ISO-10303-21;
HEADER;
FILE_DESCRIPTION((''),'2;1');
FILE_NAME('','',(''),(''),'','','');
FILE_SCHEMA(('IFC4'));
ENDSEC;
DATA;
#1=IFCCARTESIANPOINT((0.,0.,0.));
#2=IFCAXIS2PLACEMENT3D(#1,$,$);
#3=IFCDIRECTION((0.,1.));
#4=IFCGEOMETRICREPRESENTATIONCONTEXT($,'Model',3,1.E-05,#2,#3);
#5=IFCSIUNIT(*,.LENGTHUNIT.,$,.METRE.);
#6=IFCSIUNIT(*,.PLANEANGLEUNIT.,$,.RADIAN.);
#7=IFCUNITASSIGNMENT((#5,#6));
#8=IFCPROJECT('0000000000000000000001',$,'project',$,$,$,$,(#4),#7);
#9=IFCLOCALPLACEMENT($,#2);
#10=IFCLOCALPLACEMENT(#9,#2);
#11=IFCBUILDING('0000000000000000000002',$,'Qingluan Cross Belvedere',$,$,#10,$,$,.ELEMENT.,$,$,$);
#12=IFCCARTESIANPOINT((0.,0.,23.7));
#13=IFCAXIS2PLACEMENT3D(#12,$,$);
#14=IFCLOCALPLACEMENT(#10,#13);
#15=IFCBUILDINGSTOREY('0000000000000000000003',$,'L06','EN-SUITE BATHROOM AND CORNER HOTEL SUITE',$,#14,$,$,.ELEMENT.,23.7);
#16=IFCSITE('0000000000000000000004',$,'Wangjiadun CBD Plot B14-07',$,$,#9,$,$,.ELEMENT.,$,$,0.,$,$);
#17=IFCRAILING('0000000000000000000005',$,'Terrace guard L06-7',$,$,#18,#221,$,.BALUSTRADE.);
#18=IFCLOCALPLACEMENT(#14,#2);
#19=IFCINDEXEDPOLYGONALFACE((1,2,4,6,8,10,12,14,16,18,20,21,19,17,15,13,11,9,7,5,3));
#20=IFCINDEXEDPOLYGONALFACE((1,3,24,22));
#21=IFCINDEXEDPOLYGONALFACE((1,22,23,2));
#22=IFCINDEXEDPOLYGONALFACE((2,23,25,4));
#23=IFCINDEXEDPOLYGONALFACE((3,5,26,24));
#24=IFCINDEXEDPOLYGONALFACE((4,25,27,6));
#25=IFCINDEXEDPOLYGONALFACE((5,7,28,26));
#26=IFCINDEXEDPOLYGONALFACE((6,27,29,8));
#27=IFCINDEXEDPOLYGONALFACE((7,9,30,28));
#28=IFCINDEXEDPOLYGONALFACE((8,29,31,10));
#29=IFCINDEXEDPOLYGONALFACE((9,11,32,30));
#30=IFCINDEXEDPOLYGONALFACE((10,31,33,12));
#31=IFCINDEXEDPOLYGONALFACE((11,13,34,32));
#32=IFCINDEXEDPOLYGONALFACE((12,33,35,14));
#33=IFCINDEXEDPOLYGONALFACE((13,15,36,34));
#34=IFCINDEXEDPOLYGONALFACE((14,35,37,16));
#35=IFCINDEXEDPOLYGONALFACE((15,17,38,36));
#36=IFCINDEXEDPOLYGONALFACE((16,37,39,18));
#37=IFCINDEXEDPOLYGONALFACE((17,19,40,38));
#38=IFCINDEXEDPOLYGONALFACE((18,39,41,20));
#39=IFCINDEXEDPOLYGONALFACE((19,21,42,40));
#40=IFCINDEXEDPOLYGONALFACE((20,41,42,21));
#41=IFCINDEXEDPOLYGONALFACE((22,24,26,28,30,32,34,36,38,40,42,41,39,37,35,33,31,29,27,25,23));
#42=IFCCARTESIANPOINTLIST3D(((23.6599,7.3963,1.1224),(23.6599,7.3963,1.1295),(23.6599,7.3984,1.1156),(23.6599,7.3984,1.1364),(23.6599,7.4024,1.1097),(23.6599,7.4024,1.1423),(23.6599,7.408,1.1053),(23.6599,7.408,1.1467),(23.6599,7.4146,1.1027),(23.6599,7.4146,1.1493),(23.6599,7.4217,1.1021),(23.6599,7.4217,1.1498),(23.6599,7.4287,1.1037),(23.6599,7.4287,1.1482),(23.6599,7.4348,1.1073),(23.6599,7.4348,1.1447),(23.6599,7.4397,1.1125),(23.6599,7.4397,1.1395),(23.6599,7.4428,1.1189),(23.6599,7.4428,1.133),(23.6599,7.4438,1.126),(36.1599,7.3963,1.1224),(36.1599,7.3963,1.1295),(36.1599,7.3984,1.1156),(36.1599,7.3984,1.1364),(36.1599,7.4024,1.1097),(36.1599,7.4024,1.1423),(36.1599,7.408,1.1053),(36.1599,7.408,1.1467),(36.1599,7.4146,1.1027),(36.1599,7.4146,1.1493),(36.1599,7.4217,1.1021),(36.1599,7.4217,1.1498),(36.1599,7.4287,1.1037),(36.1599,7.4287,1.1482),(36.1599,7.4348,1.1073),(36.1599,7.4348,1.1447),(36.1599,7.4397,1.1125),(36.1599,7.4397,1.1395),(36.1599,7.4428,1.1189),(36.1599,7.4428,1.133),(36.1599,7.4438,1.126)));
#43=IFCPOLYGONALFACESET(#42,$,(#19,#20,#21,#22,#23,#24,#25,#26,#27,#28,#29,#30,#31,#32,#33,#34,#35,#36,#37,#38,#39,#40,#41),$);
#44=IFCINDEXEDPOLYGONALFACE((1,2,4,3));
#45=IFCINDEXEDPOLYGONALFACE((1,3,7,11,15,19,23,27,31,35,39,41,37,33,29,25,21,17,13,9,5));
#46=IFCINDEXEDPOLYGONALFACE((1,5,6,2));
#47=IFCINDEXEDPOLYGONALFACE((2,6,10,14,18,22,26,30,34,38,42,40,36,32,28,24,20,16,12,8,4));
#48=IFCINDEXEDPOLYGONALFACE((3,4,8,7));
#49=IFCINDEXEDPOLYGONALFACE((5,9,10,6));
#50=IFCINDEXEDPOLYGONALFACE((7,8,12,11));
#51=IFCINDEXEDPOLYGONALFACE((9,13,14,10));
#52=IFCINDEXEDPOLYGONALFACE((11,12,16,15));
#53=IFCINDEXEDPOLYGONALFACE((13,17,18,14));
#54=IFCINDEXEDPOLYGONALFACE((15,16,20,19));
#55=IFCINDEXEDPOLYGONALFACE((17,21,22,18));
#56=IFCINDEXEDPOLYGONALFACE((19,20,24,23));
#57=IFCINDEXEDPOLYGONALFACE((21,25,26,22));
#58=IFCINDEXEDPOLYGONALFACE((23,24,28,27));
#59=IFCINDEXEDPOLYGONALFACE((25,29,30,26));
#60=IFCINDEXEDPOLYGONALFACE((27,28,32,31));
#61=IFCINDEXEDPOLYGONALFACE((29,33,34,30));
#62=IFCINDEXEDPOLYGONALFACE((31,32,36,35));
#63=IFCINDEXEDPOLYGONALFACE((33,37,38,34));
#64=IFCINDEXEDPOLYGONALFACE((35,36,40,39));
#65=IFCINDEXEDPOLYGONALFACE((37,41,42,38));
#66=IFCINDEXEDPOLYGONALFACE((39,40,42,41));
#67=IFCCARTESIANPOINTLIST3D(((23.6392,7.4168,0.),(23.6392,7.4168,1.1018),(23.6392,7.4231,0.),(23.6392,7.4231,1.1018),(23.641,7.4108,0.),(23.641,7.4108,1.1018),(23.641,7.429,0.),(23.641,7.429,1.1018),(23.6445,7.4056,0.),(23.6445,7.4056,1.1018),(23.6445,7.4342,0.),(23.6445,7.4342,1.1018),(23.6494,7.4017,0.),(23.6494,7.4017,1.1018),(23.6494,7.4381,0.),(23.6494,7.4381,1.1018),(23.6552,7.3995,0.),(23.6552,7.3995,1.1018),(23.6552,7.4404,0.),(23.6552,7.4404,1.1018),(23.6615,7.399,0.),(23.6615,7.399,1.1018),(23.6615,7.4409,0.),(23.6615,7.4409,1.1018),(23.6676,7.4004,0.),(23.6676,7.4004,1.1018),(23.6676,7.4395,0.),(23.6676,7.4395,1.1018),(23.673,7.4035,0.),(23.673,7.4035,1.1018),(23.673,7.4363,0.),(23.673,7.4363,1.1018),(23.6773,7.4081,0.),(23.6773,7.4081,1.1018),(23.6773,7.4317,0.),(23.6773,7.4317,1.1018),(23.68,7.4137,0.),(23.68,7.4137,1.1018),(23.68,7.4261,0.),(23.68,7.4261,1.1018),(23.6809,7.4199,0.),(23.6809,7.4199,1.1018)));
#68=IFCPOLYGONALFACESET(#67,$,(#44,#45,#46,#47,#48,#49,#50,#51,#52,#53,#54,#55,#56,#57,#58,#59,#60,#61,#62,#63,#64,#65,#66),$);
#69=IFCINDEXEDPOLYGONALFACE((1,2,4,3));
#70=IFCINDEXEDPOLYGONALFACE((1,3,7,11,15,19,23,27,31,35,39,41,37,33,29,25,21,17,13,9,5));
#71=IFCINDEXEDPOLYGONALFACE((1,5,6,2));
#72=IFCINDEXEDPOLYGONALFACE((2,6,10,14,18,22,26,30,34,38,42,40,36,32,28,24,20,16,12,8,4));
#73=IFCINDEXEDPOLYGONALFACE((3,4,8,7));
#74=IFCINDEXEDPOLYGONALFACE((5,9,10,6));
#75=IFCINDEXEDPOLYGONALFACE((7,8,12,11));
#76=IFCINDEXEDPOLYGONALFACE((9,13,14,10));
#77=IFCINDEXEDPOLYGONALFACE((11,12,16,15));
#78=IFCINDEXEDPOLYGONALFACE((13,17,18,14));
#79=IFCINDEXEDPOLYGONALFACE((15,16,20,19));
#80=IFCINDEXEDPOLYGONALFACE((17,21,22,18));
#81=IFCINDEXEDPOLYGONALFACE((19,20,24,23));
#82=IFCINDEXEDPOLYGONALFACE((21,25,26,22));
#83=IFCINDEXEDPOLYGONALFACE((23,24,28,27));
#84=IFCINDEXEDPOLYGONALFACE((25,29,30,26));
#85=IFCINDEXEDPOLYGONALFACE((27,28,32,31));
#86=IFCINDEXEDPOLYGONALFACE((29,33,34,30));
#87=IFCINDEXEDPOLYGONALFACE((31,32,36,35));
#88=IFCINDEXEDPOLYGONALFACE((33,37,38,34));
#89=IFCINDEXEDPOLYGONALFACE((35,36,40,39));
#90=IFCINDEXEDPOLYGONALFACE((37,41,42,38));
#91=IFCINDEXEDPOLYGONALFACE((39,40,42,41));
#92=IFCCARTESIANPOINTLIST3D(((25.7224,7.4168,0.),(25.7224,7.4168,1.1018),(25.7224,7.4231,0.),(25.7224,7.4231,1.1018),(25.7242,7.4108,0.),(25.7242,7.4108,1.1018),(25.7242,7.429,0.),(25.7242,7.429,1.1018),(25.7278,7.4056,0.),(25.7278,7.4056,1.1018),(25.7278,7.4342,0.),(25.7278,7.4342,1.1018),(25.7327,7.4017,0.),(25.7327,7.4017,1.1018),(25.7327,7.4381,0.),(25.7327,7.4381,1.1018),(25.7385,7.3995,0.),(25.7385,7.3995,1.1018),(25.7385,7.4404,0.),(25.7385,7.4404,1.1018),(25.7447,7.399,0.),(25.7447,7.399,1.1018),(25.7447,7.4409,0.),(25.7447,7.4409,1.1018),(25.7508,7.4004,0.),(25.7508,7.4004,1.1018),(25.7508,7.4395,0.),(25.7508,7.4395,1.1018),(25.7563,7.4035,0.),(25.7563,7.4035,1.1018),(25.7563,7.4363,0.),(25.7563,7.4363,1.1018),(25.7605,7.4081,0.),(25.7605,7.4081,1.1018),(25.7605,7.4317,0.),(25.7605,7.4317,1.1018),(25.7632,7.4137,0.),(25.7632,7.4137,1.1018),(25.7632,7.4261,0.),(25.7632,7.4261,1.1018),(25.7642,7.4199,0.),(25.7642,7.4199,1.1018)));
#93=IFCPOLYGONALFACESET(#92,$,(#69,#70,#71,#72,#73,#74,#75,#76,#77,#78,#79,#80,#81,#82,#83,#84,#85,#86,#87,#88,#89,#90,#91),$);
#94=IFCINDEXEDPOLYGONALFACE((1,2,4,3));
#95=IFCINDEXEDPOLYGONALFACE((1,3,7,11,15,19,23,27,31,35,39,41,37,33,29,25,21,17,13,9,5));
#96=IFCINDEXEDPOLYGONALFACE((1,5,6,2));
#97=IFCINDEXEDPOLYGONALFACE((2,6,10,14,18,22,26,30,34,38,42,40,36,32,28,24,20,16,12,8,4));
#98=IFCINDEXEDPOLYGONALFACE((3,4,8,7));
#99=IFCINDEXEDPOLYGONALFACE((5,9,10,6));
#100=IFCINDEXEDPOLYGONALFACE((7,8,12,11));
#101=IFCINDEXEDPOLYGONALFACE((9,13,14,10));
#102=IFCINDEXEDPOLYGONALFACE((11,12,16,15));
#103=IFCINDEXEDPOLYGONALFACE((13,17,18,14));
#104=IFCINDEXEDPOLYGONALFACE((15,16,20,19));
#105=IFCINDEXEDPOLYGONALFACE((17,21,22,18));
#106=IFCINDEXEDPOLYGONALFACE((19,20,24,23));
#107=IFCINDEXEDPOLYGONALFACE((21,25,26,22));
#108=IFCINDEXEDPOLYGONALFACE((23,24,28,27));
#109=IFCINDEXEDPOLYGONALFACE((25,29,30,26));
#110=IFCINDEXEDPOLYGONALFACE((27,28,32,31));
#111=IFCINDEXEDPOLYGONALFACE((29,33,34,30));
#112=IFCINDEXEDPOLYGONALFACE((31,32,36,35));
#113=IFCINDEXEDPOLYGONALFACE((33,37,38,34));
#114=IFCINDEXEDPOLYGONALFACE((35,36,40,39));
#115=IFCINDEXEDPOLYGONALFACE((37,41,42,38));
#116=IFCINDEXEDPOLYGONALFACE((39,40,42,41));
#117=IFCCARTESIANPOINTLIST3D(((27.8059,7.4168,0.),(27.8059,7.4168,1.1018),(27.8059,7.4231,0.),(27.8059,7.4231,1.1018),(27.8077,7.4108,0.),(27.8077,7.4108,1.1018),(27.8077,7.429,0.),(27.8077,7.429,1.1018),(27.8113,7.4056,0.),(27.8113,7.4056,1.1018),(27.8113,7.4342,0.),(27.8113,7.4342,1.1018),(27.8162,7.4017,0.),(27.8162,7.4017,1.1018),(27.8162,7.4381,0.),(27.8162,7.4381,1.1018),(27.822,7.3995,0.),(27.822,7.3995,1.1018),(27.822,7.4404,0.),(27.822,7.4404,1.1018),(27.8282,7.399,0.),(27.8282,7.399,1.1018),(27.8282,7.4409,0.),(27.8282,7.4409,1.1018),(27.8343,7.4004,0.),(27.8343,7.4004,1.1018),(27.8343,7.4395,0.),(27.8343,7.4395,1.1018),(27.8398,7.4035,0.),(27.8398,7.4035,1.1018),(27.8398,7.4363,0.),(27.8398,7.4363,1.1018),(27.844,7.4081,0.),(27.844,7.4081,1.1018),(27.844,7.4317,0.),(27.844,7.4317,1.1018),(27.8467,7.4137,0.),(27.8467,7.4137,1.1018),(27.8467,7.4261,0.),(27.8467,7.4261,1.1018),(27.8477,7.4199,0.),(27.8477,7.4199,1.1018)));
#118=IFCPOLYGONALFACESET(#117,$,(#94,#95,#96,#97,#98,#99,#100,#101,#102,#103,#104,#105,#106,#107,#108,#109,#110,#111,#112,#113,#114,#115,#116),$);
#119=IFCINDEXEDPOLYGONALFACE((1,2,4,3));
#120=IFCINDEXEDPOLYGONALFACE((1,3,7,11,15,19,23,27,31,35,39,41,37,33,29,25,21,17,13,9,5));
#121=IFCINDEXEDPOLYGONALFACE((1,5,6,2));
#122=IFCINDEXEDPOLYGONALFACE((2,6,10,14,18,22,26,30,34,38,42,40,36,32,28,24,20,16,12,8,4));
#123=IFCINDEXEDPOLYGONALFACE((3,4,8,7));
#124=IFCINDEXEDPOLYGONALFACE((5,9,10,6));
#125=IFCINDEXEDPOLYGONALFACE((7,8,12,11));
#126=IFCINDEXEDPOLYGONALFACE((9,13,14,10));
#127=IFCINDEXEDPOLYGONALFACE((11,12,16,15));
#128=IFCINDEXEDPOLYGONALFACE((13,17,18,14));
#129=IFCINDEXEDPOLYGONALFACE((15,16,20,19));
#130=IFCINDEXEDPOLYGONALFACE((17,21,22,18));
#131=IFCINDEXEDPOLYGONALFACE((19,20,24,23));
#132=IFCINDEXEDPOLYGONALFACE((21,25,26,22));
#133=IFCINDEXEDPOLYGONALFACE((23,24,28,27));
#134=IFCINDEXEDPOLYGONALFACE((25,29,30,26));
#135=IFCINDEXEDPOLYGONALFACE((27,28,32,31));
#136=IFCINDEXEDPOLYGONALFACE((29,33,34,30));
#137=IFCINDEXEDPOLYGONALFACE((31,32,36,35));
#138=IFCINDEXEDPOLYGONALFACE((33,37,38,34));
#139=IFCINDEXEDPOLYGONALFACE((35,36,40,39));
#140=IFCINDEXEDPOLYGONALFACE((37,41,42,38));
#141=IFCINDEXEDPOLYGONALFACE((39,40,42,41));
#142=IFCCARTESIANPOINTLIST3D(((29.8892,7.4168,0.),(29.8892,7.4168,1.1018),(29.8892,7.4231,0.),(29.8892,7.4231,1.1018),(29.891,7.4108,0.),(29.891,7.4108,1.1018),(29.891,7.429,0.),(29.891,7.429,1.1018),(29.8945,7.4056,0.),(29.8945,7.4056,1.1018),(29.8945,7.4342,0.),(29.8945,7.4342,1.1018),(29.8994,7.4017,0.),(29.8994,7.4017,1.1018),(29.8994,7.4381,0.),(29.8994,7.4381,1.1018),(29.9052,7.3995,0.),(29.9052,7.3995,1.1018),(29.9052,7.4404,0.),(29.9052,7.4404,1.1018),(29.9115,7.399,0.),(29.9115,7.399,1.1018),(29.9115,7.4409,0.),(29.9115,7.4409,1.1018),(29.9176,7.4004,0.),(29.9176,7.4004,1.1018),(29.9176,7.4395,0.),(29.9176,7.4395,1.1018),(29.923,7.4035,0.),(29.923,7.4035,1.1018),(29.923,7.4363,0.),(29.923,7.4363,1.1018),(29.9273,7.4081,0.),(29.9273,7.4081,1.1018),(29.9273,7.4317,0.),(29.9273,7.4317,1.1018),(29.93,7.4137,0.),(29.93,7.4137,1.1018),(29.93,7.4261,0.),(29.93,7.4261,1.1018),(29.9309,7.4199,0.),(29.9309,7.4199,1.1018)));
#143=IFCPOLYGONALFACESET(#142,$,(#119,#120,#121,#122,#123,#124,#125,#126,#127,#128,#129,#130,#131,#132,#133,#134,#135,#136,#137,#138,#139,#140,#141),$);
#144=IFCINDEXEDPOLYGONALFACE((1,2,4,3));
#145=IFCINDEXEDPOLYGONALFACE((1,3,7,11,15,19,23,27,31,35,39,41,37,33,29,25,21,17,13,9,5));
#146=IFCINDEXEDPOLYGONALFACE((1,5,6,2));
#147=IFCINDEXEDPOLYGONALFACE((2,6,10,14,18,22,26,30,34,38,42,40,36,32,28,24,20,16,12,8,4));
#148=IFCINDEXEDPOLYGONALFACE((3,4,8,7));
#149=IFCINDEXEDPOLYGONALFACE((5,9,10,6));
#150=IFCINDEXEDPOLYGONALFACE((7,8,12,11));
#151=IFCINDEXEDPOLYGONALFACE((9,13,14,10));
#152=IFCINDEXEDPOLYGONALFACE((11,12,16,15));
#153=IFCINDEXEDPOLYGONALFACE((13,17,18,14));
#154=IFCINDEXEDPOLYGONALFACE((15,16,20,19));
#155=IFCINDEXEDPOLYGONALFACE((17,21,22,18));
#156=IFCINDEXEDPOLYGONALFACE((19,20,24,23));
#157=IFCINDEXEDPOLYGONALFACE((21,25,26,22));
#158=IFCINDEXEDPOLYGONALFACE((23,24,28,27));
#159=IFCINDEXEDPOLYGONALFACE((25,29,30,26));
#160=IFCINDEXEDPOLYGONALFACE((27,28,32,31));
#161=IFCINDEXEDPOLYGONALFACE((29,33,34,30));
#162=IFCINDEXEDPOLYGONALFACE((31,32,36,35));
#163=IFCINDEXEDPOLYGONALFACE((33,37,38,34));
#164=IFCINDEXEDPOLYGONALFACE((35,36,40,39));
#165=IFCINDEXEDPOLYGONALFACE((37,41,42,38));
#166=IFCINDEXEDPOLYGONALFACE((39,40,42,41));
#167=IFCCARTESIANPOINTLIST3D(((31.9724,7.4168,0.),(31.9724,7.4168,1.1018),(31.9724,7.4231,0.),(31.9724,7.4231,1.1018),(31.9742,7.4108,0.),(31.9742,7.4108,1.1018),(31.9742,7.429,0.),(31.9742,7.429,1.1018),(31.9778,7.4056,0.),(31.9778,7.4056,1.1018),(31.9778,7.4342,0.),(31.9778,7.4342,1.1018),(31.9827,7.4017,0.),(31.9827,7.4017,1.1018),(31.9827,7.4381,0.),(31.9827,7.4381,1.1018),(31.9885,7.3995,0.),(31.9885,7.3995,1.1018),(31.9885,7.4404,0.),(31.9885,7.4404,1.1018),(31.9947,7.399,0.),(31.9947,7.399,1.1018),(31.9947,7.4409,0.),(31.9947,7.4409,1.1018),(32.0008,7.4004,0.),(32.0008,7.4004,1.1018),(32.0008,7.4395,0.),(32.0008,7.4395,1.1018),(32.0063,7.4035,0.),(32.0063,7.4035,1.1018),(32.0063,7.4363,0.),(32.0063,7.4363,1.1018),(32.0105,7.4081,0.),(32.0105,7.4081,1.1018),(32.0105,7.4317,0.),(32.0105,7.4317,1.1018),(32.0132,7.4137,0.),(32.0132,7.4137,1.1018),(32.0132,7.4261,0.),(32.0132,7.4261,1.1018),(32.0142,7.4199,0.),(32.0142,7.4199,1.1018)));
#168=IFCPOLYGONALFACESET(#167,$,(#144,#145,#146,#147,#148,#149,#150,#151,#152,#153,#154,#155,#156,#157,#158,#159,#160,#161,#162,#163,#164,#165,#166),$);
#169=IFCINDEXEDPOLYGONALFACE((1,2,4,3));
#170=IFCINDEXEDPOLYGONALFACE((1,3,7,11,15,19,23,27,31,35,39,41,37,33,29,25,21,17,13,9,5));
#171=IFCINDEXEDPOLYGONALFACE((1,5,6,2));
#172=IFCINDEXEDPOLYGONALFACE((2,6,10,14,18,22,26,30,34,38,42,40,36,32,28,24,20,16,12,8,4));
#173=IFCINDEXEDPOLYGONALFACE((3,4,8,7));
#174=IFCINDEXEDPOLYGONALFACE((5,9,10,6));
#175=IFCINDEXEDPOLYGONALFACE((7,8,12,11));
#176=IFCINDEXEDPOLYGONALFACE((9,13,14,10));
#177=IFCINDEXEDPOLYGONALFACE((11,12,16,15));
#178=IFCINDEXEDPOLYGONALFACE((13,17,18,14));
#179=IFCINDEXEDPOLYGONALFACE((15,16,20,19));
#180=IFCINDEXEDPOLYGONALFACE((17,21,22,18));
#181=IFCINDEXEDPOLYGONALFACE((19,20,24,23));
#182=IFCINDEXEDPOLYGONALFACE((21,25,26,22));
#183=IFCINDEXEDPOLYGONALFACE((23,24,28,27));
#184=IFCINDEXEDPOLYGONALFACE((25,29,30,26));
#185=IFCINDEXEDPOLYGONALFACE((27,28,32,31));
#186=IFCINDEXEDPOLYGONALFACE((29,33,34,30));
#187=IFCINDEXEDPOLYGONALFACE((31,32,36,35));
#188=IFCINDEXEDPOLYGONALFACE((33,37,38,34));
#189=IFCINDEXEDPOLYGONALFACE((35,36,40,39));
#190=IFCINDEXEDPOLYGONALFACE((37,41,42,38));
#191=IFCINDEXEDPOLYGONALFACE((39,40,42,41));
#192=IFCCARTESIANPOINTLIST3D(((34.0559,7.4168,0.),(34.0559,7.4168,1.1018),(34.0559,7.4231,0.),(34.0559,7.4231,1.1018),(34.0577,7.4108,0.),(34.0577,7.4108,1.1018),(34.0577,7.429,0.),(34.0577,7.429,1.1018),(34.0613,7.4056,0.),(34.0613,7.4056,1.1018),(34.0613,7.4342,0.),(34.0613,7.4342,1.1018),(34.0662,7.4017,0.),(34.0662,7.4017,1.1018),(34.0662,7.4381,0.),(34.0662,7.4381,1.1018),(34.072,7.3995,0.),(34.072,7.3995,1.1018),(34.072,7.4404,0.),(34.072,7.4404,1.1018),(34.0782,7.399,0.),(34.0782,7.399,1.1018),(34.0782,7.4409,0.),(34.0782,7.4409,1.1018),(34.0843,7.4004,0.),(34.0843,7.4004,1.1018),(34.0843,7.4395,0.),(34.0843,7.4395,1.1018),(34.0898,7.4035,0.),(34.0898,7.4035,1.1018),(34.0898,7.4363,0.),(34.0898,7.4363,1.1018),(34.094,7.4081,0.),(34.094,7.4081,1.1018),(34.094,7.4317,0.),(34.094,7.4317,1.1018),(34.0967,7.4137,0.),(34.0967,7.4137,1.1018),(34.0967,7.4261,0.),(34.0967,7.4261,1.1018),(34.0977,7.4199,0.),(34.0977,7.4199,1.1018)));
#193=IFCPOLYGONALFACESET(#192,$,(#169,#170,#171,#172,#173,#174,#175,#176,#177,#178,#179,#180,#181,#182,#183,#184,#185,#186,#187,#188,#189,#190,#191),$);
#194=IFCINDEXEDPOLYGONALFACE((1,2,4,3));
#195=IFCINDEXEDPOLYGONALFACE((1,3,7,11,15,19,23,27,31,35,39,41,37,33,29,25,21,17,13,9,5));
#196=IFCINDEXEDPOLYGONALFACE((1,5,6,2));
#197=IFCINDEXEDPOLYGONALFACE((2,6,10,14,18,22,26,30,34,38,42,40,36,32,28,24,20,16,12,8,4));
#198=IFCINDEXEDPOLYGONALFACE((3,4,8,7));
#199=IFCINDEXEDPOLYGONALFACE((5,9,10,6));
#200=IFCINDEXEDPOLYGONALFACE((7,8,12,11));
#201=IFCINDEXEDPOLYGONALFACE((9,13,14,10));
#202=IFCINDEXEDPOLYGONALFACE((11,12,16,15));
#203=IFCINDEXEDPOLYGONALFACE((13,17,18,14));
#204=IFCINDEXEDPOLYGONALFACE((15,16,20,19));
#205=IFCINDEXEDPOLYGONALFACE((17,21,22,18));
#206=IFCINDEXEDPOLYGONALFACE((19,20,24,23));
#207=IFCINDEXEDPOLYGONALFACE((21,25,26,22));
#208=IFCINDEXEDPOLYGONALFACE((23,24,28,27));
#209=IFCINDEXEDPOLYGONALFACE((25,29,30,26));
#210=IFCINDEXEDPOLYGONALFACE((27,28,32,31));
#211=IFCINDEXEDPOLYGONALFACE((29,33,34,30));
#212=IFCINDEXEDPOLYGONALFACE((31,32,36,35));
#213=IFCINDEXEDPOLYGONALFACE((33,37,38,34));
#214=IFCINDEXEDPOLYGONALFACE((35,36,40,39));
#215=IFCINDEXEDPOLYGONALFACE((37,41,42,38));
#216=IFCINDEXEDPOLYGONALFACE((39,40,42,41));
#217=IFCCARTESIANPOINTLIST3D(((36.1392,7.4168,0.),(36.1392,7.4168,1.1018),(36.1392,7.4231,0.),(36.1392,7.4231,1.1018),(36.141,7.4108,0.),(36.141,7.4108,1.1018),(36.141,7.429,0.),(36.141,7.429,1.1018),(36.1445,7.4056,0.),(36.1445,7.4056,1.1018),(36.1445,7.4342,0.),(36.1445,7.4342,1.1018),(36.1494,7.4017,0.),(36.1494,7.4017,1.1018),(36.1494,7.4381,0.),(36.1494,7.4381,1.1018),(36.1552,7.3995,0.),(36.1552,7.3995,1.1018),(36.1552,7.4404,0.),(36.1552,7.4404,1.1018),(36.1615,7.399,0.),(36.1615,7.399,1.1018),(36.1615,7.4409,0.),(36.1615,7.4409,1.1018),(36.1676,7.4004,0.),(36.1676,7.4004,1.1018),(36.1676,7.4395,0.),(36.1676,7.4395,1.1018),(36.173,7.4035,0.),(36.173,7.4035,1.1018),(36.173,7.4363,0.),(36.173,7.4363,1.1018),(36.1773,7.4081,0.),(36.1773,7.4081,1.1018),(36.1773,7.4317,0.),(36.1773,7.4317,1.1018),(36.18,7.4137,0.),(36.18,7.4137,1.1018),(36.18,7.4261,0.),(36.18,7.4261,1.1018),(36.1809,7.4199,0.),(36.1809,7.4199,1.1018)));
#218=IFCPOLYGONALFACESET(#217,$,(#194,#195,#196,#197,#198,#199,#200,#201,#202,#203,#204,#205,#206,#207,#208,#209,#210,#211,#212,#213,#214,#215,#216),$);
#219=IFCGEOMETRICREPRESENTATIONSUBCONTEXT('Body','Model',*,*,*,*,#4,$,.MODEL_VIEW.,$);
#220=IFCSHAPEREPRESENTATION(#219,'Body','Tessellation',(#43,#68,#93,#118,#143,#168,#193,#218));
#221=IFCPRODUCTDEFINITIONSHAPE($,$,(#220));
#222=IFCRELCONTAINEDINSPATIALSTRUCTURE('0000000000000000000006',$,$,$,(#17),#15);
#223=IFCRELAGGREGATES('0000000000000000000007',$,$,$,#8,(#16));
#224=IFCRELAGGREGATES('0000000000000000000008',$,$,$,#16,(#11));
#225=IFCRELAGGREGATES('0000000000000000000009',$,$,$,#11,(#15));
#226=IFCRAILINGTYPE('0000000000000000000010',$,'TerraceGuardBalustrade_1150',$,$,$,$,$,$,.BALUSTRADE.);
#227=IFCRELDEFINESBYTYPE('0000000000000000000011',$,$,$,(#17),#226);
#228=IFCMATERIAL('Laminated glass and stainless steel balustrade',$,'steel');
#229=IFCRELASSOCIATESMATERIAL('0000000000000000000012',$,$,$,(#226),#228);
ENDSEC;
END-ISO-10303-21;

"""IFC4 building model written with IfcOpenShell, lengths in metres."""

from ifc_helpers import new_model, si_unit, direction, frame, origin, origin_2d, place, context, subcontext, project, spatial, circle, extrude, material, type_object, element, save


model = new_model("IFC4")

# Units and contexts
model_context = context("Model", 3, precision=1e-05, world=origin(), true_north=direction((0.0, 1.0)))
body_context = subcontext(model_context, "Body", "Model", "MODEL_VIEW")
ifc_project = project(units=[si_unit("LENGTHUNIT", "METRE"), si_unit("PLANEANGLEUNIT", "RADIAN")], contexts=[model_context])

# Site, building, storey
site_placement = place(None, origin())
site = spatial("IfcSite", under=ifc_project, at=site_placement, Name="Wangjiadun CBD Plot B14-07", CompositionType="ELEMENT", RefElevation=0.0)
building_placement = place(site_placement, origin())
building = spatial("IfcBuilding", under=site, at=building_placement, Name="Qingluan Cross Belvedere", CompositionType="ELEMENT")
storey_placement = place(building_placement, frame((0.0, 0.0, 23.7)))
storey = spatial("IfcBuildingStorey", under=building, at=storey_placement, Name="L06", Description="EN-SUITE BATHROOM AND CORNER HOTEL SUITE", CompositionType="ELEMENT", Elevation=23.7)

# Railing
ifc_material_1 = material(Name="Laminated glass and stainless steel balustrade", Category="steel")
railing_type = type_object("IfcRailingType", Name="TerraceGuardBalustrade_1150", PredefinedType="BALUSTRADE", material=ifc_material_1)
railing_1_placement = place(storey_placement, frame((23.6599, 7.4199, 0.0)))
element("IfcRailing", 1, at=railing_1_placement, inside=storey, type_object=railing_type, Name="Terrace guard L06-7", PredefinedType="BALUSTRADE", context=body_context, shape_type="SweptSolid", body=[
    extrude(circle(Radius=0.0239, at=origin_2d()), frame((0.0, 0.0, 1.126), z_axis=(1.0, 0.0, 0.0), x_axis=(0.0, 1.0, 0.0)), (0.0, 0.0, 1.0), 12.5),
    extrude(circle(Radius=0.021, at=origin_2d()), origin(), (0.0, 0.0, 1.0), 1.1018),
    extrude(circle(Radius=0.021, at=origin_2d()), frame((2.0833, 0.0, 0.0)), (0.0, 0.0, 1.0), 1.1018),
    extrude(circle(Radius=0.021, at=origin_2d()), frame((4.1667, 0.0, 0.0)), (0.0, 0.0, 1.0), 1.1018),
    extrude(circle(Radius=0.021, at=origin_2d()), frame((6.25, 0.0, 0.0)), (0.0, 0.0, 1.0), 1.1018),
    extrude(circle(Radius=0.021, at=origin_2d()), frame((8.3333, 0.0, 0.0)), (0.0, 0.0, 1.0), 1.1018),
    extrude(circle(Radius=0.021, at=origin_2d()), frame((10.4167, 0.0, 0.0)), (0.0, 0.0, 1.0), 1.1018),
    extrude(circle(Radius=0.021, at=origin_2d()), frame((12.5, 0.0, 0.0)), (0.0, 0.0, 1.0), 1.1018),
])

save(model, "model.ifc")
